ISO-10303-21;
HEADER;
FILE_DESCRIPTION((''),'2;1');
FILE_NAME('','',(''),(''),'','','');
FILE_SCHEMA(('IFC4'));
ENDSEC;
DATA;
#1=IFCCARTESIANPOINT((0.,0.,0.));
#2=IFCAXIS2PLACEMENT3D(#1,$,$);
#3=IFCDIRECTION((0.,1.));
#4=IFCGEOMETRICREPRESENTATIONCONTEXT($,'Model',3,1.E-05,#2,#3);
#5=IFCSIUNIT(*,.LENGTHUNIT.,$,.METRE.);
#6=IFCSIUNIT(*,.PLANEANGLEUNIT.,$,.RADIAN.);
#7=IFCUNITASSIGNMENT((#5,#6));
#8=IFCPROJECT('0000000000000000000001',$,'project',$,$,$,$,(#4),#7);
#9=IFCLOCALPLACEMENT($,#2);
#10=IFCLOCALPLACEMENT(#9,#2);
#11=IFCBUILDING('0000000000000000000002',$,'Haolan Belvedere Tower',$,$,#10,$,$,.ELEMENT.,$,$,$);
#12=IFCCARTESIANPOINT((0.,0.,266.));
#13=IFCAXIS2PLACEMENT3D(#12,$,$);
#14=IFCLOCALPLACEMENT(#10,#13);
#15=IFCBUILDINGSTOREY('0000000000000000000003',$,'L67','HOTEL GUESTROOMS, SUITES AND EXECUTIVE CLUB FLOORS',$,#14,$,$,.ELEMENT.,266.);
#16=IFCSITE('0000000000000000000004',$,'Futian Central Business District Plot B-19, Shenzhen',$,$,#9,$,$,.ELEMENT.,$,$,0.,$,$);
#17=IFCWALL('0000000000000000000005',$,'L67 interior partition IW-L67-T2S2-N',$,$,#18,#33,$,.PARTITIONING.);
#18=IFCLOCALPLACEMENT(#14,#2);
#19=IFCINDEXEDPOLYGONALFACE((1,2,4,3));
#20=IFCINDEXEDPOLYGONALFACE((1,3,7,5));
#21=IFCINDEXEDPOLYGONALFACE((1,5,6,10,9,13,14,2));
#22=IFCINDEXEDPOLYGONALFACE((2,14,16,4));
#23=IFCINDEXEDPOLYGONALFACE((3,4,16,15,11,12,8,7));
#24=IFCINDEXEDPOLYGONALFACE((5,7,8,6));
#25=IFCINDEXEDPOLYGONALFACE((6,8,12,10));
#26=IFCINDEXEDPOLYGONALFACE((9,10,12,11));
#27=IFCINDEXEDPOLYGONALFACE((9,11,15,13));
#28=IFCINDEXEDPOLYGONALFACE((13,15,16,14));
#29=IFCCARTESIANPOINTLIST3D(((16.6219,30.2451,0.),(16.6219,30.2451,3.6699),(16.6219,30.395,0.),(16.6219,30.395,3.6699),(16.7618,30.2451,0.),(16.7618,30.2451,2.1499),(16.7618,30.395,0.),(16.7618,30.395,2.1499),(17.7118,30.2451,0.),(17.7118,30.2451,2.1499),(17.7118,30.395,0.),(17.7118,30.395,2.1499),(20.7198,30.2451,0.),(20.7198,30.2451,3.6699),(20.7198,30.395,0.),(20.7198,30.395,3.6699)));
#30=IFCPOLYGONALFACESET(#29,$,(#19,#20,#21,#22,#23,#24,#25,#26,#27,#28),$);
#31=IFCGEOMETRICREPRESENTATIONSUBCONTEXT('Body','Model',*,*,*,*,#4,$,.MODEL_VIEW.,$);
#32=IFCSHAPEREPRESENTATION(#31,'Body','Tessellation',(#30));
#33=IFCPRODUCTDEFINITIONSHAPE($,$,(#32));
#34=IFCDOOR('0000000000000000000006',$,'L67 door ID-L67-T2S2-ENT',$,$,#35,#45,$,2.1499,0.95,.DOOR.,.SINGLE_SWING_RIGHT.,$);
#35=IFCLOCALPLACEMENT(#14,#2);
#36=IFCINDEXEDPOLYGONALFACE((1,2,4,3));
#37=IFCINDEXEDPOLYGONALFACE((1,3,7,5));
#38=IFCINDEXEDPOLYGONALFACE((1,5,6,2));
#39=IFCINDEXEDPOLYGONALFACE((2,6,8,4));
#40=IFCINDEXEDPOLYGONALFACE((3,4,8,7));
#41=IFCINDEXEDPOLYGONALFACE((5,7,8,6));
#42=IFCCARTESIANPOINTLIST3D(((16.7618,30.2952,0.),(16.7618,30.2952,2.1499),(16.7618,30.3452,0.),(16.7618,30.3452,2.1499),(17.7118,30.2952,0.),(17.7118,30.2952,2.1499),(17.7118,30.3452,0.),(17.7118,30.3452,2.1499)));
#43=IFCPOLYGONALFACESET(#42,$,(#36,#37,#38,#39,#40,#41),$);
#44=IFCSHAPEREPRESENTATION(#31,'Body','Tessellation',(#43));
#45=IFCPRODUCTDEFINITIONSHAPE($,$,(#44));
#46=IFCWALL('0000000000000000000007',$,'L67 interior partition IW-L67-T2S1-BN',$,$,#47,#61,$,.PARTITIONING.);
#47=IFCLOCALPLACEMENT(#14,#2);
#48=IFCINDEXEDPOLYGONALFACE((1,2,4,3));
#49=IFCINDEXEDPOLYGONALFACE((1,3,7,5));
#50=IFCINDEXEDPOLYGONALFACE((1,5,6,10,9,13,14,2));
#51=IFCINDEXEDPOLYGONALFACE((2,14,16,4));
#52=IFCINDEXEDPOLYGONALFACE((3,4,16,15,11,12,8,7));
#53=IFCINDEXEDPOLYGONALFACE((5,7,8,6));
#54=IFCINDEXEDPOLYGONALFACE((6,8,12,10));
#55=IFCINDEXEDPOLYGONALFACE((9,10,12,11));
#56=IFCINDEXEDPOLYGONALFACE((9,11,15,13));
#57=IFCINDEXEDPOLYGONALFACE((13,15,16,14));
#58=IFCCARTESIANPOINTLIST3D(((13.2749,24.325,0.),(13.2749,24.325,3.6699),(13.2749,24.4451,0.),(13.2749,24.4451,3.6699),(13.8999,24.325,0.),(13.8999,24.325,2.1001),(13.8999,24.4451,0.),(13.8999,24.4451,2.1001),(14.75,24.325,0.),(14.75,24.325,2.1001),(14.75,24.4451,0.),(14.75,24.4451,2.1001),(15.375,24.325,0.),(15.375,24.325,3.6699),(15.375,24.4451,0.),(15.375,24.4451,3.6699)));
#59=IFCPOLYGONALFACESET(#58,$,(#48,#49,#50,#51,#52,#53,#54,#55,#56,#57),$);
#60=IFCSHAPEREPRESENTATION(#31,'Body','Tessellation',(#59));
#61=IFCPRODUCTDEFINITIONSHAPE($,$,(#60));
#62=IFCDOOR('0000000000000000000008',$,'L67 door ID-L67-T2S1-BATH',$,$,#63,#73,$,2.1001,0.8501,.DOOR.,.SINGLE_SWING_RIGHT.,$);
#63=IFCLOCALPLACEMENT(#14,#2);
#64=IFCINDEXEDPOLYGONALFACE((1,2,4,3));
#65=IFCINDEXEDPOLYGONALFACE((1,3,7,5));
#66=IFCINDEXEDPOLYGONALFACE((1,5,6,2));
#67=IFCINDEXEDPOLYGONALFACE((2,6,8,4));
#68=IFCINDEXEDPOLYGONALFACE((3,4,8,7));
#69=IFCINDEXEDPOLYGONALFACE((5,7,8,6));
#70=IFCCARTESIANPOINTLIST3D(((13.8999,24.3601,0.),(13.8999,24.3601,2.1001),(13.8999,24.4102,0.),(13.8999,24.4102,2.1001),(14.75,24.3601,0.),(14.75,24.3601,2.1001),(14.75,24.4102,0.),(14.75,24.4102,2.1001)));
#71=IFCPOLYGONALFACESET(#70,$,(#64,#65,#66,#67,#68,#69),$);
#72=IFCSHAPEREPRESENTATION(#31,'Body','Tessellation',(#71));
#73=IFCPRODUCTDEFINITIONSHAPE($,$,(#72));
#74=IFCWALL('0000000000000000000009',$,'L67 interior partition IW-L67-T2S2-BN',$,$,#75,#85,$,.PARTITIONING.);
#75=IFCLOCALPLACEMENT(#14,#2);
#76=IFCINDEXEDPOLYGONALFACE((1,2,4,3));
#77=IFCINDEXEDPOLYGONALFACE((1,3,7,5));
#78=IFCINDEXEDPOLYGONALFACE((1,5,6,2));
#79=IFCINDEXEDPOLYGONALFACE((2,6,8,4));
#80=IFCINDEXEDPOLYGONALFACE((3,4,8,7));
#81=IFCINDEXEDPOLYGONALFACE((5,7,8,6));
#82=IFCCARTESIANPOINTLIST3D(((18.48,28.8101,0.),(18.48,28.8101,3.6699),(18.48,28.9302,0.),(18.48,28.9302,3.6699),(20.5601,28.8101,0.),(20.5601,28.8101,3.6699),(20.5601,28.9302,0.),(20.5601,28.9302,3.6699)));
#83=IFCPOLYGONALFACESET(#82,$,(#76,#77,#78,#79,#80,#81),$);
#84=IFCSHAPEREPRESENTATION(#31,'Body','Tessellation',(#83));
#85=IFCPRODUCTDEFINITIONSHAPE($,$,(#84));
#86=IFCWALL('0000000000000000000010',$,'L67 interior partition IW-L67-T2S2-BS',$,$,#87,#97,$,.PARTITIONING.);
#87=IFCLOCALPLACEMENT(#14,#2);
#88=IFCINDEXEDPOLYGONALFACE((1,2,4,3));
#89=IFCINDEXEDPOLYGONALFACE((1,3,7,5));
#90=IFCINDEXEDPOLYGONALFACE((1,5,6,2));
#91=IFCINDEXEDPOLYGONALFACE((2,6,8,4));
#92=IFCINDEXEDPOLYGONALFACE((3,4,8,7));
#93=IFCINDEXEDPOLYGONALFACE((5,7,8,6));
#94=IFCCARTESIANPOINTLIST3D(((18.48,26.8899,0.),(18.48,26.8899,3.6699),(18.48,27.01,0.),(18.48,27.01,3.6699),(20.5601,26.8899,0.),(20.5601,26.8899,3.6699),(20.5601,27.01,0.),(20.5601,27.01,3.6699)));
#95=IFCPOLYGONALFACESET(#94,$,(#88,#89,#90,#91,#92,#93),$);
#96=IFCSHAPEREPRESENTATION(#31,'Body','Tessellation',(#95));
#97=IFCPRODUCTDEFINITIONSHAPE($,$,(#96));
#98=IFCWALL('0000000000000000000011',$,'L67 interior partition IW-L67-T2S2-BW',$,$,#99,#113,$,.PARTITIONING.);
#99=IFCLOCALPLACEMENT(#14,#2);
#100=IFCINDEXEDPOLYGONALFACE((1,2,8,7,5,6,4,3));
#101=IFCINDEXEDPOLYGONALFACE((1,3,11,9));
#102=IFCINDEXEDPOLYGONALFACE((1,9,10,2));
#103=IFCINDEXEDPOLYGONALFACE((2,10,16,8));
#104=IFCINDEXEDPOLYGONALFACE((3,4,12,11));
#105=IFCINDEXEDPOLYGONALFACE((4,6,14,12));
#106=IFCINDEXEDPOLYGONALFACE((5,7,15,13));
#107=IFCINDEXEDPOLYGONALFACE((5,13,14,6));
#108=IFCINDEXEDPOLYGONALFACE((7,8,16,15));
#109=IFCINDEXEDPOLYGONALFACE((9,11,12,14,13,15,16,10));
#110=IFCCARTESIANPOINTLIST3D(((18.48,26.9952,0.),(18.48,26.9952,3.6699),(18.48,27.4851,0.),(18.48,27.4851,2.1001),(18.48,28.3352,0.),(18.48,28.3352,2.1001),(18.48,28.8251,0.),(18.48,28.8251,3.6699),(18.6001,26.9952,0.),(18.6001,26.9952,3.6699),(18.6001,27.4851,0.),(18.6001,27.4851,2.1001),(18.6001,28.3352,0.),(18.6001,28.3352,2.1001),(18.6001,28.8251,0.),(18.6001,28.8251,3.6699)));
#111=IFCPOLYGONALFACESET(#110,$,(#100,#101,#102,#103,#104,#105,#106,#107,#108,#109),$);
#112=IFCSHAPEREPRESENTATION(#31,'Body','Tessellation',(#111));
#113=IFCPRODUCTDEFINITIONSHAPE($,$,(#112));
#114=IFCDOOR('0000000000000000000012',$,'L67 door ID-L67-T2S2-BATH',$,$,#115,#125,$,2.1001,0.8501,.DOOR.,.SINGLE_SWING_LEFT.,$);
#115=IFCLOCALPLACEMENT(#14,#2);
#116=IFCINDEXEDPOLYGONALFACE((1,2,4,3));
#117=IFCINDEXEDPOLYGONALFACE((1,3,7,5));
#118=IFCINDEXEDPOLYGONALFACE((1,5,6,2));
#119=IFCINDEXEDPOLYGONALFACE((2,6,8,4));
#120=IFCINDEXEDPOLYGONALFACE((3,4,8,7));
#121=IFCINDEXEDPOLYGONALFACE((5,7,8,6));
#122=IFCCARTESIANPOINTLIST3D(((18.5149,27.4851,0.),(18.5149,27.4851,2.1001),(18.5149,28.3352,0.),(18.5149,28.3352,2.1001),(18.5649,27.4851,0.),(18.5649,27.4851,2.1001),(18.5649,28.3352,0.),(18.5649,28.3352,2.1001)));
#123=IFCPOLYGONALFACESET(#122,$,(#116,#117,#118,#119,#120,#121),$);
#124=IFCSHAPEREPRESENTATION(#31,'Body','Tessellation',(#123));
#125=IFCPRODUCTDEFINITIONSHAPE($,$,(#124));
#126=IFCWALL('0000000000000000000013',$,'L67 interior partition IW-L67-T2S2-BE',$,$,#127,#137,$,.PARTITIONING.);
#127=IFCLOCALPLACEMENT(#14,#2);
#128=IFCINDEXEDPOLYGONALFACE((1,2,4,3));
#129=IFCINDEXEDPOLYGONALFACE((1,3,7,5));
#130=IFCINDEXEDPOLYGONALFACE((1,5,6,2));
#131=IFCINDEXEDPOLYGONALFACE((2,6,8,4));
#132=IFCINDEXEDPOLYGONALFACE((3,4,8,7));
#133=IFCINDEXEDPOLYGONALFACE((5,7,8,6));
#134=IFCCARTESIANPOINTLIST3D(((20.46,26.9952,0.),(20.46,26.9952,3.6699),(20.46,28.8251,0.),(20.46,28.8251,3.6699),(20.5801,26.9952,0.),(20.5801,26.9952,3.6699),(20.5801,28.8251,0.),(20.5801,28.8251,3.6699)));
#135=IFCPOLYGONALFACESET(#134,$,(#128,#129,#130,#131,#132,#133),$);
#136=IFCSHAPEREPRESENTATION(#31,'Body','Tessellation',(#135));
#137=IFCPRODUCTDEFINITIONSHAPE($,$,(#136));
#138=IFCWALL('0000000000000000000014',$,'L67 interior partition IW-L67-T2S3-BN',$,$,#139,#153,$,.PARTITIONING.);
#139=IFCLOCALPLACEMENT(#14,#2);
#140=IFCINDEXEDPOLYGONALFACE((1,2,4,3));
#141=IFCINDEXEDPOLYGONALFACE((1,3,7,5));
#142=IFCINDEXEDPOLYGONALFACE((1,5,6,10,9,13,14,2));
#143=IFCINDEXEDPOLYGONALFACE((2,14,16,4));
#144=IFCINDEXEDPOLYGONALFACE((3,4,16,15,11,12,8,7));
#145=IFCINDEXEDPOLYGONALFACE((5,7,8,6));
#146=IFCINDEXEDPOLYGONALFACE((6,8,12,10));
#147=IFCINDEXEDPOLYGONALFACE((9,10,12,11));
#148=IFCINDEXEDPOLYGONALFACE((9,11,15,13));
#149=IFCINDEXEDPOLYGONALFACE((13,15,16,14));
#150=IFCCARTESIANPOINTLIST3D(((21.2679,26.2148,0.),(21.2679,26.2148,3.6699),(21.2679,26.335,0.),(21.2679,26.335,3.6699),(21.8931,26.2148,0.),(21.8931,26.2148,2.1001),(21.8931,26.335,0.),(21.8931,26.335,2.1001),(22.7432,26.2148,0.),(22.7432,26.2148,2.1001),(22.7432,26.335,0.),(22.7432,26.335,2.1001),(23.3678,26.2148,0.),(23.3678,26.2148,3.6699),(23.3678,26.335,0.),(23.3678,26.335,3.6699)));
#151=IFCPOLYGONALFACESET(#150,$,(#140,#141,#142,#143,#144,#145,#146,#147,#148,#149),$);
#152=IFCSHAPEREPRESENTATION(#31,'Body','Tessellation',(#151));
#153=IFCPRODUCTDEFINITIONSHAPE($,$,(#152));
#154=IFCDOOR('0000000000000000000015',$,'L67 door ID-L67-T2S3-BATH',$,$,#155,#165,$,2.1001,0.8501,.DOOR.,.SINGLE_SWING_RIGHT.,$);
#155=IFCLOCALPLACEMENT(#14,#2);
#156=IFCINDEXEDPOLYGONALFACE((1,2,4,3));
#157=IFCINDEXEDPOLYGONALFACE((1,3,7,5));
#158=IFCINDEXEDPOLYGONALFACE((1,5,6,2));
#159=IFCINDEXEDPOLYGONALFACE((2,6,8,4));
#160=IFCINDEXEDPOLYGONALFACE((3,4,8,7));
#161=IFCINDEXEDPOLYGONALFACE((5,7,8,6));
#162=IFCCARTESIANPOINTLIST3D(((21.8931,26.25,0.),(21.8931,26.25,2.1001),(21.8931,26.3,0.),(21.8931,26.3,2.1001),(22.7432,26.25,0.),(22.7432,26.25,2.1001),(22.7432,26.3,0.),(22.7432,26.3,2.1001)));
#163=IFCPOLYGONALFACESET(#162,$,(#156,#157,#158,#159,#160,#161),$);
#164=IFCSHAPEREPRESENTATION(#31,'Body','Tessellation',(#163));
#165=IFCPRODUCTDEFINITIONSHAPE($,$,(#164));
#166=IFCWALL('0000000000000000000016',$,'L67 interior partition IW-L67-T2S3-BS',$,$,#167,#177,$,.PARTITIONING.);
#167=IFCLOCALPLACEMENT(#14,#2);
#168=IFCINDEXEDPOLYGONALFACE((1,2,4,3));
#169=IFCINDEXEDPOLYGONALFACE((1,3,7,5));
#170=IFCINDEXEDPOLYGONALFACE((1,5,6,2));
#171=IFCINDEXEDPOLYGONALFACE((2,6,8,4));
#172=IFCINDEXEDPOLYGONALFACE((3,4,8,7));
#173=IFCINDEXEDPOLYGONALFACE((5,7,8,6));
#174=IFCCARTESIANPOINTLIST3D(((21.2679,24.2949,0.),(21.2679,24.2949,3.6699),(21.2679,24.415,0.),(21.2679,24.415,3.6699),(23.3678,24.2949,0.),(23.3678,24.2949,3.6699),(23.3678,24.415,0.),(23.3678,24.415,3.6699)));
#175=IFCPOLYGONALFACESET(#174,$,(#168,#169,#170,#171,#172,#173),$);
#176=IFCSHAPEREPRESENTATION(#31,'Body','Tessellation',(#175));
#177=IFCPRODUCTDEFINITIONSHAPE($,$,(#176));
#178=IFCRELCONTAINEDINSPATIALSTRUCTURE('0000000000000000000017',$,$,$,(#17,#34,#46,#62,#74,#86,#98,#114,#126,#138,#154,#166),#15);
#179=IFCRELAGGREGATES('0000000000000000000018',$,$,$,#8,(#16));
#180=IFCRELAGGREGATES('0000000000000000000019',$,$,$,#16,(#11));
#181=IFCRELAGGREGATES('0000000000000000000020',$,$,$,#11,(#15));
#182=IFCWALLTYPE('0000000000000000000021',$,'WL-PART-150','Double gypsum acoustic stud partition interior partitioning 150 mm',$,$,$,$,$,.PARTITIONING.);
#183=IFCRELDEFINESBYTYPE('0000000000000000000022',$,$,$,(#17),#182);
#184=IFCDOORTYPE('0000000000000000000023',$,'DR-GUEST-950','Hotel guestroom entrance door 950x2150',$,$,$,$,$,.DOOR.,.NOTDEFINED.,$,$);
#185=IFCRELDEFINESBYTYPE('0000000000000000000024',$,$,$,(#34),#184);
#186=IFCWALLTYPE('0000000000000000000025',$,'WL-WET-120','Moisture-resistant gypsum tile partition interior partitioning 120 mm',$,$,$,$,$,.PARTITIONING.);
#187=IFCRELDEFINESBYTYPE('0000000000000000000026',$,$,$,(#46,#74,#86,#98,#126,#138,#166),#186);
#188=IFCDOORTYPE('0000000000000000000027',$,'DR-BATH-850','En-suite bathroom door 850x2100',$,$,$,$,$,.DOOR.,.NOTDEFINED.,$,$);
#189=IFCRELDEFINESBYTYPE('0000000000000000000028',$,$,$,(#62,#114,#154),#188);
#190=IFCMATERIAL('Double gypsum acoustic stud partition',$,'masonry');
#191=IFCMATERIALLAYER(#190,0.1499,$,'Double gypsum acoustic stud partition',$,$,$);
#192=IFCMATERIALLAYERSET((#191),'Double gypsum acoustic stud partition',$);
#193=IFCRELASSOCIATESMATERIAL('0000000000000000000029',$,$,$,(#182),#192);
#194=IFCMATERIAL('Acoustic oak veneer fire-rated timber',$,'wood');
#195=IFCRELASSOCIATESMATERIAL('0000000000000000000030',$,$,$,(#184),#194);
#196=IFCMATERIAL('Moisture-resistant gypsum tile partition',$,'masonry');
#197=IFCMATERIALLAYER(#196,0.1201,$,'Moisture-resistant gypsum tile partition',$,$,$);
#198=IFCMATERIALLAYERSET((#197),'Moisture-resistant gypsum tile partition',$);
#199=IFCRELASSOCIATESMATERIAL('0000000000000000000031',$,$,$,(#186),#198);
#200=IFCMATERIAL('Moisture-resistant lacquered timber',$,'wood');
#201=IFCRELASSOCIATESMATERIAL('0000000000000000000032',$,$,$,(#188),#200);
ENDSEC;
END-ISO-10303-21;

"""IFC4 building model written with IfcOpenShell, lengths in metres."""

from ifc_helpers import new_model, si_unit, direction, frame, frame_2d, origin, place, context, subcontext, project, spatial, rectangle, extrude, material, layer, layer_set, type_object, element, fill, save


model = new_model("IFC4")

# Units and contexts
model_context = context("Model", 3, precision=1e-05, world=origin(), true_north=direction((0.0, 1.0)))
body_context = subcontext(model_context, "Body", "Model", "MODEL_VIEW")
ifc_project = project(units=[si_unit("LENGTHUNIT", "METRE"), si_unit("PLANEANGLEUNIT", "RADIAN")], contexts=[model_context])

# Site, building, storey
site_placement = place(None, origin())
site = spatial("IfcSite", under=ifc_project, at=site_placement, Name="Futian Central Business District Plot B-19, Shenzhen", CompositionType="ELEMENT", RefElevation=0.0)
building_placement = place(site_placement, origin())
building = spatial("IfcBuilding", under=site, at=building_placement, Name="Haolan Belvedere Tower", CompositionType="ELEMENT")
storey_placement = place(building_placement, frame((0.0, 0.0, 266.0)))
storey = spatial("IfcBuildingStorey", under=building, at=storey_placement, Name="L67", Description="HOTEL GUESTROOMS, SUITES AND EXECUTIVE CLUB FLOORS", CompositionType="ELEMENT", Elevation=266.0)

# Walls, openings, doors
ifc_material_1 = material(Name="Double gypsum acoustic stud partition", Category="masonry")
ifc_layer_1 = layer(ifc_material_1, 0.1499, Name="Double gypsum acoustic stud partition")
ifc_layer_set_1 = layer_set([ifc_layer_1], Name="Double gypsum acoustic stud partition")
wall_type_1 = type_object("IfcWallType", Name="WL-PART-150", Description="Double gypsum acoustic stud partition interior partitioning 150 mm", PredefinedType="PARTITIONING", material=ifc_layer_set_1)
ifc_material_2 = material(Name="Acoustic oak veneer fire-rated timber", Category="wood")
door_type_1 = type_object("IfcDoorType", Name="DR-GUEST-950", Description="Hotel guestroom entrance door 950x2150", OperationType="NOTDEFINED", PredefinedType="DOOR", material=ifc_material_2)
wall_1_placement = place(storey_placement, frame((16.6221, 30.3201, 0.0), z_axis=(0.0, 0.0, 1.0), x_axis=(1.0, 0.0, 0.0)))
wall_1 = element("IfcWall", 1, at=wall_1_placement, inside=storey, type_object=wall_type_1, Name="L67 interior partition IW-L67-T2S2-N", PredefinedType="PARTITIONING", context=body_context, shape_type="SweptSolid", body=[
    extrude(rectangle(XDim=4.0979, YDim=0.1499, at=frame_2d((2.0488, 0.0))), origin(), (0.0, 0.0, 1.0), 3.6699),
])
opening_1_placement = place(wall_1_placement, frame((1.0898, 0.0, 0.0), z_axis=(0.0, 0.0, 1.0), x_axis=(-1.0, 0.0, 0.0)))
opening_1 = element("IfcOpeningElement", 2, at=opening_1_placement, cuts=wall_1, PredefinedType="OPENING", context=body_context, shape_type="SweptSolid", body=[
    extrude(rectangle(XDim=0.95, YDim=2.1499, at=frame_2d((0.4751, 1.075))), frame((0.0, 0.085, 0.0), z_axis=(0.0, -1.0, 0.0), x_axis=(1.0, 0.0, 0.0)), (0.0, 0.0, 1.0), 0.1699),
])
door_1_placement = place(opening_1_placement, origin())
door_1 = element("IfcDoor", 3, at=door_1_placement, inside=storey, type_object=door_type_1, Name="L67 door ID-L67-T2S2-ENT", OperationType="SINGLE_SWING_RIGHT", OverallHeight=2.1499, OverallWidth=0.95, PredefinedType="DOOR", context=body_context, shape_type="SweptSolid", body=[
    extrude(rectangle(XDim=0.95, YDim=2.1499, at=frame_2d((0.4751, 1.075))), frame((0.0, 0.0249, 0.0), z_axis=(0.0, -1.0, 0.0), x_axis=(1.0, 0.0, 0.0)), (0.0, 0.0, 1.0), 0.05),
])
fill(opening_1, door_1)
ifc_material_3 = material(Name="Moisture-resistant gypsum tile partition", Category="masonry")
ifc_layer_2 = layer(ifc_material_3, 0.1201, Name="Moisture-resistant gypsum tile partition")
ifc_layer_set_2 = layer_set([ifc_layer_2], Name="Moisture-resistant gypsum tile partition")
wall_type_2 = type_object("IfcWallType", Name="WL-WET-120", Description="Moisture-resistant gypsum tile partition interior partitioning 120 mm", PredefinedType="PARTITIONING", material=ifc_layer_set_2)
wall_2_placement = place(storey_placement, frame((13.2749, 24.385, 0.0), z_axis=(0.0, 0.0, 1.0), x_axis=(1.0, 0.0, 0.0)))
wall_2 = element("IfcWall", 4, at=wall_2_placement, inside=storey, type_object=wall_type_2, Name="L67 interior partition IW-L67-T2S1-BN", PredefinedType="PARTITIONING", context=body_context, shape_type="SweptSolid", body=[
    extrude(rectangle(XDim=2.1001, YDim=0.1201, at=frame_2d((1.05, 0.0))), origin(), (0.0, 0.0, 1.0), 3.6699),
])
opening_2_placement = place(wall_2_placement, frame((1.4751, 0.0, 0.0), z_axis=(0.0, 0.0, 1.0), x_axis=(-1.0, 0.0, 0.0)))
opening_2 = element("IfcOpeningElement", 5, at=opening_2_placement, cuts=wall_2, PredefinedType="OPENING", context=body_context, shape_type="SweptSolid", body=[
    extrude(rectangle(XDim=0.8501, YDim=2.1001, at=frame_2d((0.425, 1.05))), frame((0.0, 0.0701, 0.0), z_axis=(0.0, -1.0, 0.0), x_axis=(1.0, 0.0, 0.0)), (0.0, 0.0, 1.0), 0.1401),
])
ifc_material_4 = material(Name="Moisture-resistant lacquered timber", Category="wood")
door_type_2 = type_object("IfcDoorType", Name="DR-BATH-850", Description="En-suite bathroom door 850x2100", OperationType="NOTDEFINED", PredefinedType="DOOR", material=ifc_material_4)
door_2_placement = place(opening_2_placement, origin())
door_2 = element("IfcDoor", 6, at=door_2_placement, inside=storey, type_object=door_type_2, Name="L67 door ID-L67-T2S1-BATH", OperationType="SINGLE_SWING_RIGHT", OverallHeight=2.1001, OverallWidth=0.8501, PredefinedType="DOOR", context=body_context, shape_type="SweptSolid", body=[
    extrude(rectangle(XDim=0.8501, YDim=2.1001, at=frame_2d((0.425, 1.05))), frame((0.0, 0.0249, 0.0), z_axis=(0.0, -1.0, 0.0), x_axis=(1.0, 0.0, 0.0)), (0.0, 0.0, 1.0), 0.05),
])
fill(opening_2, door_2)

# Walls
for number, where, z_axis, x_axis, name in (
    (7, (18.48, 28.8701, 0.0), (0.0, 0.0, 1.0), (1.0, 0.0, 0.0), "L67 interior partition IW-L67-T2S2-BN"),
    (8, (18.48, 26.95, 0.0), (0.0, 0.0, 1.0), (1.0, 0.0, 0.0), "L67 interior partition IW-L67-T2S2-BS"),
):
    element("IfcWall", number, at=place(storey_placement, frame(where, z_axis=z_axis, x_axis=x_axis)), inside=storey, type_object=wall_type_2, Name=name, PredefinedType="PARTITIONING", context=body_context, shape_type="SweptSolid", body=[
        extrude(rectangle(XDim=2.0801, YDim=0.1201, at=frame_2d((1.04, 0.0))), origin(), (0.0, 0.0, 1.0), 3.6699),
    ])

# Wall, opening, door
wall_3_placement = place(storey_placement, frame((18.54, 26.9951, 0.0), z_axis=(0.0, 0.0, 1.0), x_axis=(0.0, 1.0, 0.0)))
wall_3 = element("IfcWall", 9, at=wall_3_placement, inside=storey, type_object=wall_type_2, Name="L67 interior partition IW-L67-T2S2-BW", PredefinedType="PARTITIONING", context=body_context, shape_type="SweptSolid", body=[
    extrude(rectangle(XDim=1.8298, YDim=0.1201, at=frame_2d((0.915, 0.0))), origin(), (0.0, 0.0, 1.0), 3.6699),
])
opening_3_placement = place(wall_3_placement, frame((1.3401, 0.0, 0.0), z_axis=(0.0, 0.0, 1.0), x_axis=(-1.0, 0.0, 0.0)))
opening_3 = element("IfcOpeningElement", 10, at=opening_3_placement, cuts=wall_3, PredefinedType="OPENING", context=body_context, shape_type="SweptSolid", body=[
    extrude(rectangle(XDim=0.8501, YDim=2.1001, at=frame_2d((0.425, 1.05))), frame((0.0, 0.0701, 0.0), z_axis=(0.0, -1.0, 0.0), x_axis=(1.0, 0.0, 0.0)), (0.0, 0.0, 1.0), 0.1401),
])
door_3_placement = place(opening_3_placement, origin())
door_3 = element("IfcDoor", 11, at=door_3_placement, inside=storey, type_object=door_type_2, Name="L67 door ID-L67-T2S2-BATH", OperationType="SINGLE_SWING_LEFT", OverallHeight=2.1001, OverallWidth=0.8501, PredefinedType="DOOR", context=body_context, shape_type="SweptSolid", body=[
    extrude(rectangle(XDim=0.8501, YDim=2.1001, at=frame_2d((0.425, 1.05))), frame((0.0, 0.0249, 0.0), z_axis=(0.0, -1.0, 0.0), x_axis=(1.0, 0.0, 0.0)), (0.0, 0.0, 1.0), 0.05),
])
fill(opening_3, door_3)

# Wall
wall_4_placement = place(storey_placement, frame((20.52, 26.9951, 0.0), z_axis=(0.0, 0.0, 1.0), x_axis=(0.0, 1.0, 0.0)))
element("IfcWall", 12, at=wall_4_placement, inside=storey, type_object=wall_type_2, Name="L67 interior partition IW-L67-T2S2-BE", PredefinedType="PARTITIONING", context=body_context, shape_type="SweptSolid", body=[
    extrude(rectangle(XDim=1.8298, YDim=0.1201, at=frame_2d((0.915, 0.0))), origin(), (0.0, 0.0, 1.0), 3.6699),
])

# Wall, opening, door
wall_5_placement = place(storey_placement, frame((21.2681, 26.2749, 0.0), z_axis=(0.0, 0.0, 1.0), x_axis=(1.0, 0.0, 0.0)))
wall_5 = element("IfcWall", 13, at=wall_5_placement, inside=storey, type_object=wall_type_2, Name="L67 interior partition IW-L67-T2S3-BN", PredefinedType="PARTITIONING", context=body_context, shape_type="SweptSolid", body=[
    extrude(rectangle(XDim=2.0999, YDim=0.1201, at=frame_2d((1.0498, 0.0))), origin(), (0.0, 0.0, 1.0), 3.6699),
])
opening_4_placement = place(wall_5_placement, frame((1.4751, 0.0, 0.0), z_axis=(0.0, 0.0, 1.0), x_axis=(-1.0, 0.0, 0.0)))
opening_4 = element("IfcOpeningElement", 14, at=opening_4_placement, cuts=wall_5, PredefinedType="OPENING", context=body_context, shape_type="SweptSolid", body=[
    extrude(rectangle(XDim=0.8501, YDim=2.1001, at=frame_2d((0.425, 1.05))), frame((0.0, 0.0701, 0.0), z_axis=(0.0, -1.0, 0.0), x_axis=(1.0, 0.0, 0.0)), (0.0, 0.0, 1.0), 0.1401),
])
door_4_placement = place(opening_4_placement, origin())
door_4 = element("IfcDoor", 15, at=door_4_placement, inside=storey, type_object=door_type_2, Name="L67 door ID-L67-T2S3-BATH", OperationType="SINGLE_SWING_RIGHT", OverallHeight=2.1001, OverallWidth=0.8501, PredefinedType="DOOR", context=body_context, shape_type="SweptSolid", body=[
    extrude(rectangle(XDim=0.8501, YDim=2.1001, at=frame_2d((0.425, 1.05))), frame((0.0, 0.0249, 0.0), z_axis=(0.0, -1.0, 0.0), x_axis=(1.0, 0.0, 0.0)), (0.0, 0.0, 1.0), 0.05),
])
fill(opening_4, door_4)

# Wall
wall_6_placement = place(storey_placement, frame((21.2681, 24.355, 0.0), z_axis=(0.0, 0.0, 1.0), x_axis=(1.0, 0.0, 0.0)))
element("IfcWall", 16, at=wall_6_placement, inside=storey, type_object=wall_type_2, Name="L67 interior partition IW-L67-T2S3-BS", PredefinedType="PARTITIONING", context=body_context, shape_type="SweptSolid", body=[
    extrude(rectangle(XDim=2.0999, YDim=0.1201, at=frame_2d((1.0498, 0.0))), origin(), (0.0, 0.0, 1.0), 3.6699),
])

save(model, "model.ifc")
